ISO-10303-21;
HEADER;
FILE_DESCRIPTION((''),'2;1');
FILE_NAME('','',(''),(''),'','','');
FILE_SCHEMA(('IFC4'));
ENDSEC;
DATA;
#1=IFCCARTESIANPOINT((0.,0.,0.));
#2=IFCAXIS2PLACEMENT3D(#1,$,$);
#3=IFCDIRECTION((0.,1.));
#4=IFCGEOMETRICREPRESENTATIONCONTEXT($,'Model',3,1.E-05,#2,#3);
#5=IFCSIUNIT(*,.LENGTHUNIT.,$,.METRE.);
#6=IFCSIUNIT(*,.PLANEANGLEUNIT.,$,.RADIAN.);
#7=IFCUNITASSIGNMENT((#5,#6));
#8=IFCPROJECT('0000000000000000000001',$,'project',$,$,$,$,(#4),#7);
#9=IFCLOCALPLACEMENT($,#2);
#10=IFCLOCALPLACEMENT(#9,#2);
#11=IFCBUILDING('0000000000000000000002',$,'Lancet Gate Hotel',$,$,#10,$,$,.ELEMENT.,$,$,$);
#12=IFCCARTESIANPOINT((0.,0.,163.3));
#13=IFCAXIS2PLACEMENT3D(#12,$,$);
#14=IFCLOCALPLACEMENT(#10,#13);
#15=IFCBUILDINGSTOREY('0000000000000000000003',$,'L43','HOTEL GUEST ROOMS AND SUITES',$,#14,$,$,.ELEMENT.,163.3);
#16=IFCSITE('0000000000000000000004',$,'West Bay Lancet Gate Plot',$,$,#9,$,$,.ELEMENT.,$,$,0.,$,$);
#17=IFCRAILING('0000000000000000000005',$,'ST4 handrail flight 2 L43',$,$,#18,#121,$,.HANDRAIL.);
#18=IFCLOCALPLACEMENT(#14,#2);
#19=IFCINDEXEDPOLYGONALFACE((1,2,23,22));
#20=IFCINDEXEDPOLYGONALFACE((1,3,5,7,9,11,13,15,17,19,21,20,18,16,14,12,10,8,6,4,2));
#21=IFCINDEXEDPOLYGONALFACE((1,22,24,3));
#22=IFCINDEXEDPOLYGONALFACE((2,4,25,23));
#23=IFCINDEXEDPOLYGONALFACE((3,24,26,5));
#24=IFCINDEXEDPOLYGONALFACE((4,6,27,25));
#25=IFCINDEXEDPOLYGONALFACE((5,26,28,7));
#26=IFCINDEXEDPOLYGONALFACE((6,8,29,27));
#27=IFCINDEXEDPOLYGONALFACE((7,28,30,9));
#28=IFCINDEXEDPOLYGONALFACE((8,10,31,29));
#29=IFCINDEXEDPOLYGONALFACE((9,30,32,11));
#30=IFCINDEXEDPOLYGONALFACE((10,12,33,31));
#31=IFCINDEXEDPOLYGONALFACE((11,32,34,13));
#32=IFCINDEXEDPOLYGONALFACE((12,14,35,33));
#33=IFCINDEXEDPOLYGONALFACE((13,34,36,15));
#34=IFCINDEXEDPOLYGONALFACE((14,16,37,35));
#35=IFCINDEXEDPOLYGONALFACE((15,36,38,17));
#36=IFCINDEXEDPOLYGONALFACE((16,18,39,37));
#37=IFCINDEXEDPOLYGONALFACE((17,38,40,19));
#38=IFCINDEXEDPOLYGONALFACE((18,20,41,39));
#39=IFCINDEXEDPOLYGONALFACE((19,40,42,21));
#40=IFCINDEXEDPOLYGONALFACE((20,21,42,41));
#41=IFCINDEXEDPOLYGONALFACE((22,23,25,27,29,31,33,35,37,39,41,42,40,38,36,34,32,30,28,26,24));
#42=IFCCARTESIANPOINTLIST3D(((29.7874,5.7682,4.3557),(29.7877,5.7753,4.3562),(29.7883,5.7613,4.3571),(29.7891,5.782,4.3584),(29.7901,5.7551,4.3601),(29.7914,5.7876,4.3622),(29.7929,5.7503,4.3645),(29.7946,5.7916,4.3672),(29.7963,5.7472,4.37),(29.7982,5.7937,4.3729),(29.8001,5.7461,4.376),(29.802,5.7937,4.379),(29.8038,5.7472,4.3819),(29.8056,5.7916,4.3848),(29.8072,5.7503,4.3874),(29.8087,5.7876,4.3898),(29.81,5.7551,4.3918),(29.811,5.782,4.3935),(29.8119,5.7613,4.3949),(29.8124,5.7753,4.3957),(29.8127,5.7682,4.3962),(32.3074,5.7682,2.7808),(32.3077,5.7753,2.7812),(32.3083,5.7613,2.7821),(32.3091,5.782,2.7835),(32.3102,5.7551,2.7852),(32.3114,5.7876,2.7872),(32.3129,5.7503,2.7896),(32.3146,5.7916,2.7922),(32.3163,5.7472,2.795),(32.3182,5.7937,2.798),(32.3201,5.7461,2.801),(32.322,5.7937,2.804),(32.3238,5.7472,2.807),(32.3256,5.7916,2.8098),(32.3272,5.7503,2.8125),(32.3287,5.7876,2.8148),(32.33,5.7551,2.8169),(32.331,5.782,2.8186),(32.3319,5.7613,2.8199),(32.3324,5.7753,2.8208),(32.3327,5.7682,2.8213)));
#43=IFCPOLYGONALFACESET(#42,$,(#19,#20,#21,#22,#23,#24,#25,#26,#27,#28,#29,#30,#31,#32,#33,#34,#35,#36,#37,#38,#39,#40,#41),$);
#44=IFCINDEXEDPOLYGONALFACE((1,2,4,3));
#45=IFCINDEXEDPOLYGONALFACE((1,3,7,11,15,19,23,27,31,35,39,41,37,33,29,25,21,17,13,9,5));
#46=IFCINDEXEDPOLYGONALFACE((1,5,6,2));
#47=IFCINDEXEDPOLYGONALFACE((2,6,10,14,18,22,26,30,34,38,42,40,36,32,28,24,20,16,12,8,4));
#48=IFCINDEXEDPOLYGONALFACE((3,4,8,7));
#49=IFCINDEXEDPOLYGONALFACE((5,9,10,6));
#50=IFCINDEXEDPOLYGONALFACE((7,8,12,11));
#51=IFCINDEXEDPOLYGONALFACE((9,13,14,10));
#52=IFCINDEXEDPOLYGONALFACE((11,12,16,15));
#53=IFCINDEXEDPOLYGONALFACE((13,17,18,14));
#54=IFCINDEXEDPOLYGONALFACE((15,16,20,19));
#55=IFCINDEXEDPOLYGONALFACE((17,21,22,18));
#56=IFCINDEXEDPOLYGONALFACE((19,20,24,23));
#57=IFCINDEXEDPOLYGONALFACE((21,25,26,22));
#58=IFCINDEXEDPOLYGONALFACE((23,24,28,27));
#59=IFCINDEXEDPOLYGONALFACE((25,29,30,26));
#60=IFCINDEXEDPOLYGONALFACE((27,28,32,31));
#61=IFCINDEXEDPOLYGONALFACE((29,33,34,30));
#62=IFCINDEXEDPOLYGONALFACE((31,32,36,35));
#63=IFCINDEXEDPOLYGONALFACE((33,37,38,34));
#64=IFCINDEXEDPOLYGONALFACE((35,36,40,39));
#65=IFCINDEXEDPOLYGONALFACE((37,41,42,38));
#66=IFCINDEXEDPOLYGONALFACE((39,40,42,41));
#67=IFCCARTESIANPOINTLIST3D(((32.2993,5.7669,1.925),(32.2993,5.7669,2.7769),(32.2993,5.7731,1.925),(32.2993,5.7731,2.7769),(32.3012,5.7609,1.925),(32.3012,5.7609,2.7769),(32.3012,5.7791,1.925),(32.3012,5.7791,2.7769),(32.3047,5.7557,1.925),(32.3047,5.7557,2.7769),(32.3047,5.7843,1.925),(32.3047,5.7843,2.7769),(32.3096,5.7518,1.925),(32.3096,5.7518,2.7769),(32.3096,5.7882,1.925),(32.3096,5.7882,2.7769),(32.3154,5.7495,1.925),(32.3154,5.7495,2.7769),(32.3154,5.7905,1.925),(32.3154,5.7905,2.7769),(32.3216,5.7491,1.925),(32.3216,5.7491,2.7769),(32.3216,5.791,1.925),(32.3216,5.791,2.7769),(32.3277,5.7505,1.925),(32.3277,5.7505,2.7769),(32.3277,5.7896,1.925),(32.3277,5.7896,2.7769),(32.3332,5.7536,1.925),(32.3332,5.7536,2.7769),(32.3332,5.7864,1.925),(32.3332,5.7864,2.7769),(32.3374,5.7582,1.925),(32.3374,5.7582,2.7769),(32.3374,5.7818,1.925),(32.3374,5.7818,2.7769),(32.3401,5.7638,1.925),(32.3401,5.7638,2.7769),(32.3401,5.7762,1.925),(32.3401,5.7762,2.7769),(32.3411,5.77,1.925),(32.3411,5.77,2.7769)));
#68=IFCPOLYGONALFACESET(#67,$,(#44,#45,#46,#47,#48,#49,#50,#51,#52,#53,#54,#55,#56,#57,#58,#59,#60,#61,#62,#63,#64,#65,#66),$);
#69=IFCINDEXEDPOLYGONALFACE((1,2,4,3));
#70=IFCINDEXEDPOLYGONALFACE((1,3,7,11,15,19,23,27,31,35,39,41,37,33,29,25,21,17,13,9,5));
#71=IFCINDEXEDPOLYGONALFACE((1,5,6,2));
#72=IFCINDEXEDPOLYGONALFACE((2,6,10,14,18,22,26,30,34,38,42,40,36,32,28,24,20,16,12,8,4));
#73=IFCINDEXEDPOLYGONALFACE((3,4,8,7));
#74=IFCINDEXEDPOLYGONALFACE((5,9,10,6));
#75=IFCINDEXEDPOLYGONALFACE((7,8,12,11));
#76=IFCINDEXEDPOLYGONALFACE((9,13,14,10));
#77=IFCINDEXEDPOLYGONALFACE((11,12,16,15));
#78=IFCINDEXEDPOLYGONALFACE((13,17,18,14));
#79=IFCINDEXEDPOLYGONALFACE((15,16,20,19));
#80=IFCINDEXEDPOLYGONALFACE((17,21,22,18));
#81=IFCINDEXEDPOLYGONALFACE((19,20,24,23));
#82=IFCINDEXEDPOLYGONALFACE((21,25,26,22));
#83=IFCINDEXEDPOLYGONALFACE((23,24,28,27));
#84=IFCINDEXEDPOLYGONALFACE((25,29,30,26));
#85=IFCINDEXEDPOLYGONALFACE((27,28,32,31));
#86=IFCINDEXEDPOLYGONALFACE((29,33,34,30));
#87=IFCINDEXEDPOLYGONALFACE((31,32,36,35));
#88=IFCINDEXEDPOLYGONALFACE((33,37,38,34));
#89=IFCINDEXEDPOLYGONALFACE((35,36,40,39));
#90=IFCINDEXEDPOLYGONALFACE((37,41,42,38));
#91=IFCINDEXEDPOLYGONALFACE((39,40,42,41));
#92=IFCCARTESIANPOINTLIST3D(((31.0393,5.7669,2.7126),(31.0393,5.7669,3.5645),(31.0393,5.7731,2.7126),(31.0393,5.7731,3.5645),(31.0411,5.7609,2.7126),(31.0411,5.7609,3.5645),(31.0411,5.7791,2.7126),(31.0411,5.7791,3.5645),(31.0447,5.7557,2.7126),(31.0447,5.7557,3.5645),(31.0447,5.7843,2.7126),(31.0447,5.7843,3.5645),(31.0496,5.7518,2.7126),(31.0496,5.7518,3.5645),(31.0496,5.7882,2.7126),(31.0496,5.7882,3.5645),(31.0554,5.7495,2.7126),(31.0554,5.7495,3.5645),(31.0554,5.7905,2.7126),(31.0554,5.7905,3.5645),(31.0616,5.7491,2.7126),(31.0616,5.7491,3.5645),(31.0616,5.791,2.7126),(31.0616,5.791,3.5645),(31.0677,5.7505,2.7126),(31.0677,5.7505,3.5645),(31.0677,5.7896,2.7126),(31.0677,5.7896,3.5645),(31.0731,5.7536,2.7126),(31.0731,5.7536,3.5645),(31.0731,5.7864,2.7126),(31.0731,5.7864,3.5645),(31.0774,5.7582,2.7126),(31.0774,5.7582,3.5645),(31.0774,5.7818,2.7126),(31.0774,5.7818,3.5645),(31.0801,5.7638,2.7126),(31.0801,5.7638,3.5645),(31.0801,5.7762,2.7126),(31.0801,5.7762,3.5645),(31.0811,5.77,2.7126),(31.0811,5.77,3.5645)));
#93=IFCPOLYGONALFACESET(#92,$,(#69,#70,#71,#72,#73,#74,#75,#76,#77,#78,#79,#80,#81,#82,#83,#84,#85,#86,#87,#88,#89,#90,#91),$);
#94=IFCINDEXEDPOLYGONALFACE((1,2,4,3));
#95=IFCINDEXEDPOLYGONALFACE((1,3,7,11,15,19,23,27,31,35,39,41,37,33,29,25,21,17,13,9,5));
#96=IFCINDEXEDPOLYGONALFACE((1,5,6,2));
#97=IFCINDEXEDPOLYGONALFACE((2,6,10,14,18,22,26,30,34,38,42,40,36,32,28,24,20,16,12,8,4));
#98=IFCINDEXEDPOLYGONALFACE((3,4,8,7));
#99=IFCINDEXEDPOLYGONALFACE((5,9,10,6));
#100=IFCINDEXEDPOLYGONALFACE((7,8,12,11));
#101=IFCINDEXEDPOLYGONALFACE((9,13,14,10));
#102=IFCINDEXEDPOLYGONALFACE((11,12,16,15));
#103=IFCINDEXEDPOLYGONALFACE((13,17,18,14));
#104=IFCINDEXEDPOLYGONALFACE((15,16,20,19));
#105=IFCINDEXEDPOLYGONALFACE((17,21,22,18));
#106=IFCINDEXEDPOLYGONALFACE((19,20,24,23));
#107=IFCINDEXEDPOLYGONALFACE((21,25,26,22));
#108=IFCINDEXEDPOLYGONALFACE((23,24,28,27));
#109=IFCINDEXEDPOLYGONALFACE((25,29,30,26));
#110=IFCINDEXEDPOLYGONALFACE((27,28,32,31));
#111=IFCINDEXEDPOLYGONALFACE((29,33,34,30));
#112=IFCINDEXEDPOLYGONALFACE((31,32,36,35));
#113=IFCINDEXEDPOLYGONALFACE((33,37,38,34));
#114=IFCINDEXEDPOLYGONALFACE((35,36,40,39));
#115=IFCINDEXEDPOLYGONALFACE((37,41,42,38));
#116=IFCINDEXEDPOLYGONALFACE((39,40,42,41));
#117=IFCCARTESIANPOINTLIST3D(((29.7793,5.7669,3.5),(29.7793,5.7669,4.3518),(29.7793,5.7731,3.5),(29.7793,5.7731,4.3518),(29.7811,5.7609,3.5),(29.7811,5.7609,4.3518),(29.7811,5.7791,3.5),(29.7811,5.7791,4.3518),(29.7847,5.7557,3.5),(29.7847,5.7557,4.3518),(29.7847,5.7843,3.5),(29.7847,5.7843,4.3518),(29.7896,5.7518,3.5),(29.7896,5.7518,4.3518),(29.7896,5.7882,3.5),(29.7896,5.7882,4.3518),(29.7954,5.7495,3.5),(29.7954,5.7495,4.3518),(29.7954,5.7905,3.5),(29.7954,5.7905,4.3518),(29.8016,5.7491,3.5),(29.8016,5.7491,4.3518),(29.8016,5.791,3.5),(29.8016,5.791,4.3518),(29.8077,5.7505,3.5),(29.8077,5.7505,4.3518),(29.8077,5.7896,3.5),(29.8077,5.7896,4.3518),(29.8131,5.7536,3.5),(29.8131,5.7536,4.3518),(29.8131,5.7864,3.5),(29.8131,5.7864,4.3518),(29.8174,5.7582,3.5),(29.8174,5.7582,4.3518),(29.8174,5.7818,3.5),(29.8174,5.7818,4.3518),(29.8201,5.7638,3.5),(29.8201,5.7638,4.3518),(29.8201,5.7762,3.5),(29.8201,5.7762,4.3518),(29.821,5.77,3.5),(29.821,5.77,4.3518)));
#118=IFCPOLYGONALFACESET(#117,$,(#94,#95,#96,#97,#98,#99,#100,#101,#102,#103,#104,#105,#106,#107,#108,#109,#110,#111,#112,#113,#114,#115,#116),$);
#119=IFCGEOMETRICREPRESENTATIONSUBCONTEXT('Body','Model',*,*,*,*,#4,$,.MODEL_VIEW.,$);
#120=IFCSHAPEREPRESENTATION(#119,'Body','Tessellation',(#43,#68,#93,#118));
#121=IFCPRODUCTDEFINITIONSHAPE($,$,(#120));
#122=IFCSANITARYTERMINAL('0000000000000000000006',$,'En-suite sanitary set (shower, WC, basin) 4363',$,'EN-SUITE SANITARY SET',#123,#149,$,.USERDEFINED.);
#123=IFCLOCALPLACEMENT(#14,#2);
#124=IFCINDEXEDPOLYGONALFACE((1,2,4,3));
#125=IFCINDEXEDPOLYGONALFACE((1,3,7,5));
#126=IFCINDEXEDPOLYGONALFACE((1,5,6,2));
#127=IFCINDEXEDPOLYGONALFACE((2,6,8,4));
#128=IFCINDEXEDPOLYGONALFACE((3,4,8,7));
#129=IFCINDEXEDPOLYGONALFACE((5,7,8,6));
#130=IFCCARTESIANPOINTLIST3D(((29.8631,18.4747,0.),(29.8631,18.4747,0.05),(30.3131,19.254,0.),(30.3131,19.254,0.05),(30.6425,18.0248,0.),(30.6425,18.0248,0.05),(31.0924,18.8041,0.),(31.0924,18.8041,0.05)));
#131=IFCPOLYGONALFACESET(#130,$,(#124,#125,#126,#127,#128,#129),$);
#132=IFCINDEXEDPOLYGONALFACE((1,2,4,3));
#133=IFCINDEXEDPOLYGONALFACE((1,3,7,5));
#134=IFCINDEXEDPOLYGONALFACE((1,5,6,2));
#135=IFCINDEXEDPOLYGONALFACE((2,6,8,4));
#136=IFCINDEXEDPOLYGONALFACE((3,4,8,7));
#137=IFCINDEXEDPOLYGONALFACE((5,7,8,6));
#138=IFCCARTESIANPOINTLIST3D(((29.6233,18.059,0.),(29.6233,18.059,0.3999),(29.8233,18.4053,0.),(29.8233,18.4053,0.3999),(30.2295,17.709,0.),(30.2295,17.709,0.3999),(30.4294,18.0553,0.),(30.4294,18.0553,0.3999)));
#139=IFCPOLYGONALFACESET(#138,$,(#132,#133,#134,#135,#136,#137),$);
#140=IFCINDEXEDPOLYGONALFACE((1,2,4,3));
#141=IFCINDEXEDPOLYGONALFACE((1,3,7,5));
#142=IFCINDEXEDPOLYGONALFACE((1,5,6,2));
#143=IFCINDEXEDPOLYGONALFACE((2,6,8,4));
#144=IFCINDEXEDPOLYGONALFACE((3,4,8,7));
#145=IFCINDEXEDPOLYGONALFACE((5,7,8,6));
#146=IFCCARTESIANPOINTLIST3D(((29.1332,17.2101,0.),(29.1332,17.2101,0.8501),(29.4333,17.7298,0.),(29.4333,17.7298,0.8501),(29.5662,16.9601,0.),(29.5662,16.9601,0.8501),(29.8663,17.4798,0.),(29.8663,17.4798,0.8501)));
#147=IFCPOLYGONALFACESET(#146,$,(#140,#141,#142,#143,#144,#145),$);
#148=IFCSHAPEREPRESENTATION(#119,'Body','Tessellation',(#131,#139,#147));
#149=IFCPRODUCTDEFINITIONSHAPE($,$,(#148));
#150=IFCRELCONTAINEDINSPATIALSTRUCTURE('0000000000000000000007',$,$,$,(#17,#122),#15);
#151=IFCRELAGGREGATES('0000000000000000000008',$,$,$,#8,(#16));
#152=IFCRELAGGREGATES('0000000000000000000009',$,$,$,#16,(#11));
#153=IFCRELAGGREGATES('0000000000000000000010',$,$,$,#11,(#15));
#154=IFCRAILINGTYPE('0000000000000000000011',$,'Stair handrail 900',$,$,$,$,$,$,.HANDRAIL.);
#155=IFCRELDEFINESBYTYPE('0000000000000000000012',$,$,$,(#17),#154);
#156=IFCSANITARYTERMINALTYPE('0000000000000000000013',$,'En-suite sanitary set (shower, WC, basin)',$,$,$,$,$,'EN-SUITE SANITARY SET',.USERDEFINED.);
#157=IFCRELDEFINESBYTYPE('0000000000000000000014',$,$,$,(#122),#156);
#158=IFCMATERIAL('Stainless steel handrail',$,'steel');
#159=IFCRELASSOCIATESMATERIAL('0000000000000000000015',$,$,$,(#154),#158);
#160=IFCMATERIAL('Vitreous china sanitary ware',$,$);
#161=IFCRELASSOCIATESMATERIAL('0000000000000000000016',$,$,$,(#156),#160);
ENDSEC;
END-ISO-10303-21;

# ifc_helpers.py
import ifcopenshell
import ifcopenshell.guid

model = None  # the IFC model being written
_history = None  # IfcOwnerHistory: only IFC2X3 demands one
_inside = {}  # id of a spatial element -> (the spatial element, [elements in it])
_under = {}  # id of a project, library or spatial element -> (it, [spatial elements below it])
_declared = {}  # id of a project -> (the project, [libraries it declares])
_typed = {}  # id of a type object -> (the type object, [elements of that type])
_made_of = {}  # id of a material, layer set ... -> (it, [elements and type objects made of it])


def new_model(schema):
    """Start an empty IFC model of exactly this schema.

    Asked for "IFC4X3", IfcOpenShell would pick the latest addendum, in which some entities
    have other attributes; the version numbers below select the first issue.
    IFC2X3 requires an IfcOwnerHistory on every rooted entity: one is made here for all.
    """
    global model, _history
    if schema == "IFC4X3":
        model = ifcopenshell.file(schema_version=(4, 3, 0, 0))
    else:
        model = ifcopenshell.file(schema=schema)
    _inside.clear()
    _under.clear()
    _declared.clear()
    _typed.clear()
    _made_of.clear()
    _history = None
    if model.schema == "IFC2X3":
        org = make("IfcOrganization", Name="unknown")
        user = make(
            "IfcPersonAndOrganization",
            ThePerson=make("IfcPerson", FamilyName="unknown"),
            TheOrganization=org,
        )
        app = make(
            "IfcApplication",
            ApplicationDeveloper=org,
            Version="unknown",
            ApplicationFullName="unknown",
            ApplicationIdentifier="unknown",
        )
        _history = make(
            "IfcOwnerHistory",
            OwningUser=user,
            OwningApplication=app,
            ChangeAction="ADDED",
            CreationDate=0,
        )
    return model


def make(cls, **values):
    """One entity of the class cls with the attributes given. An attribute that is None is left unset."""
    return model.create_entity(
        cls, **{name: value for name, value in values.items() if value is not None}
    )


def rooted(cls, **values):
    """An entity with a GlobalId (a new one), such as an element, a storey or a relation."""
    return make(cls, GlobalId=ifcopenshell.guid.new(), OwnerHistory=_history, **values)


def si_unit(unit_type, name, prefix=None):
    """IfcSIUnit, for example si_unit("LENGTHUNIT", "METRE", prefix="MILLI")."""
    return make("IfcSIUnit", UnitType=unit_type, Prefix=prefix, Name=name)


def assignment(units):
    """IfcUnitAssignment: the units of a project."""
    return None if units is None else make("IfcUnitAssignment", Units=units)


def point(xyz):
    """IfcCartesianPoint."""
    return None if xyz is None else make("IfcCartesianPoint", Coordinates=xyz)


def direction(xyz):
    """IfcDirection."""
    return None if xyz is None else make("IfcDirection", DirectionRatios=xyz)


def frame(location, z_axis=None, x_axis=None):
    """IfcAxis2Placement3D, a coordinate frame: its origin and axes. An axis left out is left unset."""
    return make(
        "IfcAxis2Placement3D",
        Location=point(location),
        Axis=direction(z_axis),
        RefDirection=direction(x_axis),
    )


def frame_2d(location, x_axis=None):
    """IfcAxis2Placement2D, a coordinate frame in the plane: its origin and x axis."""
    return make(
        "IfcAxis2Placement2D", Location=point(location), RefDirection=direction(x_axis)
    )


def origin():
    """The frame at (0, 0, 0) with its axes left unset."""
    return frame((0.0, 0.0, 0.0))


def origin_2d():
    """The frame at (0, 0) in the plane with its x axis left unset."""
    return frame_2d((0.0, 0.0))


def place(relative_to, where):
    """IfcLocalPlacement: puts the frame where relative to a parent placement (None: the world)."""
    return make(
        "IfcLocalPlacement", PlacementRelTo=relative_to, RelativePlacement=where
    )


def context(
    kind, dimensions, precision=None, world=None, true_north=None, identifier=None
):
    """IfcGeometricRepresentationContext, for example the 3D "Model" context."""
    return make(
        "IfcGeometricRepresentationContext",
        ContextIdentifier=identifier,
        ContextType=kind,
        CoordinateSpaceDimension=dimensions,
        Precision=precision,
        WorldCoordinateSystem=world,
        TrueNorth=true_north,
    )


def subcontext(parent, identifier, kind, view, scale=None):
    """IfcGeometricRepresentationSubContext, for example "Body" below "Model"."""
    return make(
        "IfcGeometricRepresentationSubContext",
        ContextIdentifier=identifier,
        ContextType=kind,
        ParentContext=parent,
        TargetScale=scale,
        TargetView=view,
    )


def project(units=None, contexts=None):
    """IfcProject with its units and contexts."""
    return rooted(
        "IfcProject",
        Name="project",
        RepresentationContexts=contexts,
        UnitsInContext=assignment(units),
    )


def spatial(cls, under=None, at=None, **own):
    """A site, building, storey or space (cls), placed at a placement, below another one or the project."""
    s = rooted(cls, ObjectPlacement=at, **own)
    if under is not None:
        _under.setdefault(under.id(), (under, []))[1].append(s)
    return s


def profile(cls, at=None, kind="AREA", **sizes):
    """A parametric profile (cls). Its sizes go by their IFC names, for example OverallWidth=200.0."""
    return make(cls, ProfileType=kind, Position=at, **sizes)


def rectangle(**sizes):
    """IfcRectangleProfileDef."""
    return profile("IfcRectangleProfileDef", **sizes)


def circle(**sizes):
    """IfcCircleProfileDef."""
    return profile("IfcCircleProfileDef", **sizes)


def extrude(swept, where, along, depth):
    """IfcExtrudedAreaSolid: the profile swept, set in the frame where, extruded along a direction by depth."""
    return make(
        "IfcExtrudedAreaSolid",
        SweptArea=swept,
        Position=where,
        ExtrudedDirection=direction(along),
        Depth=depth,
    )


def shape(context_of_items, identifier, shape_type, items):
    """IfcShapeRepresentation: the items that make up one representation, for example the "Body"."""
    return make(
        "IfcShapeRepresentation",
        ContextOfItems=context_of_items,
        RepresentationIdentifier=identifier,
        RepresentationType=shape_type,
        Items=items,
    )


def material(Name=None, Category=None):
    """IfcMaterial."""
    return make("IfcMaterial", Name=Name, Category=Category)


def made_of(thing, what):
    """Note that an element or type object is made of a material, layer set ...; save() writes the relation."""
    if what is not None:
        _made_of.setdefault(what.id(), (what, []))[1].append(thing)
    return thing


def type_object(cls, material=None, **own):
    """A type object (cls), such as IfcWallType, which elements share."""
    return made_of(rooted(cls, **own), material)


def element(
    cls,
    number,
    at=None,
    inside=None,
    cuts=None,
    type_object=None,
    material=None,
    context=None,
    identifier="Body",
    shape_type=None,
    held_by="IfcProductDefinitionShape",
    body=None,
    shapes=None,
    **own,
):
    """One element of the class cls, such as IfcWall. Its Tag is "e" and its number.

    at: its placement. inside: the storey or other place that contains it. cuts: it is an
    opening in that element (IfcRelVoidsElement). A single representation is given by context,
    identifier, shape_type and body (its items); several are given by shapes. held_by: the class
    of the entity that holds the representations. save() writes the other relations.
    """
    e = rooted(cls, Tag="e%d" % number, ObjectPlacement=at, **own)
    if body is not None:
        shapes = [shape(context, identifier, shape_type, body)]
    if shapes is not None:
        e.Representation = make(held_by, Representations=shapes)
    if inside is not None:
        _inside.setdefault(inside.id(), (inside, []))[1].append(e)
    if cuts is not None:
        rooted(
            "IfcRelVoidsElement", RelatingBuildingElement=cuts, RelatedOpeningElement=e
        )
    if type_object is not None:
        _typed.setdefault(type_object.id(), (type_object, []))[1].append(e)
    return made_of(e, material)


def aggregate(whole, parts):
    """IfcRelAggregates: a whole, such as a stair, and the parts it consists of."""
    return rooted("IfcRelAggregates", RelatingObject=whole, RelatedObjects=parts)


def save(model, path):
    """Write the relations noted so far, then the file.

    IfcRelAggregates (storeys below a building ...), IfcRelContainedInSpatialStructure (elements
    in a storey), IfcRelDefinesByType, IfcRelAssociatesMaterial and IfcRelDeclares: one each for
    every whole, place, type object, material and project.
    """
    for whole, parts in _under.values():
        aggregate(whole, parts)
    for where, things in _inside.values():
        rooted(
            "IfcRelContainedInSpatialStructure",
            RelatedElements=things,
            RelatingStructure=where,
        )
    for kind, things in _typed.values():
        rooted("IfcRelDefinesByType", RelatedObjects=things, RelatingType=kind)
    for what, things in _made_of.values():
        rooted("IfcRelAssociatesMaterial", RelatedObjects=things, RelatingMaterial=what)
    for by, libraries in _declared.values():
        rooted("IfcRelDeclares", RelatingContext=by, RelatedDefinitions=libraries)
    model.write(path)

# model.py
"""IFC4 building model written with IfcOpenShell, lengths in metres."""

from ifc_helpers import new_model, si_unit, direction, frame, origin, origin_2d, place, context, subcontext, project, spatial, rectangle, circle, extrude, material, type_object, element, save


model = new_model("IFC4")

# Units and contexts
model_context = context("Model", 3, precision=1e-05, world=origin(), true_north=direction((0.0, 1.0)))
body_context = subcontext(model_context, "Body", "Model", "MODEL_VIEW")
ifc_project = project(units=[si_unit("LENGTHUNIT", "METRE"), si_unit("PLANEANGLEUNIT", "RADIAN")], contexts=[model_context])

# Site, building, storey
site_placement = place(None, origin())
site = spatial("IfcSite", under=ifc_project, at=site_placement, Name="West Bay Lancet Gate Plot", CompositionType="ELEMENT", RefElevation=0.0)
building_placement = place(site_placement, origin())
building = spatial("IfcBuilding", under=site, at=building_placement, Name="Lancet Gate Hotel", CompositionType="ELEMENT")
storey_placement = place(building_placement, frame((0.0, 0.0, 163.3)))
storey = spatial("IfcBuildingStorey", under=building, at=storey_placement, Name="L43", Description="HOTEL GUEST ROOMS AND SUITES", CompositionType="ELEMENT", Elevation=163.3)

# Railing
ifc_material_1 = material(Name="Stainless steel handrail", Category="steel")
railing_type = type_object("IfcRailingType", Name="Stair handrail 900", PredefinedType="HANDRAIL", material=ifc_material_1)
railing_1_placement = place(storey_placement, frame((32.3201, 5.77, 1.925)))
element("IfcRailing", 1, at=railing_1_placement, inside=storey, type_object=railing_type, Name="ST4 handrail flight 2 L43", PredefinedType="HANDRAIL", context=body_context, shape_type="SweptSolid", body=[
    extrude(circle(Radius=0.0239, at=origin_2d()), frame((0.0, 0.0, 0.876), z_axis=(-0.848008, 0.0, 0.529984), x_axis=(0.0, -1.0, 0.0)), (0.0, 0.0, 1.0), 2.9717),
    extrude(circle(Radius=0.021, at=origin_2d()), origin(), (0.0, 0.0, 1.0), 0.8518),
    extrude(circle(Radius=0.021, at=origin_2d()), frame((-1.26, 0.0, 0.7876)), (0.0, 0.0, 1.0), 0.8518),
    extrude(circle(Radius=0.021, at=origin_2d()), frame((-2.52, 0.0, 1.575)), (0.0, 0.0, 1.0), 0.8518),
])

# Sanitary terminal
ifc_material_2 = material(Name="Vitreous china sanitary ware")
sanitary_terminal_type = type_object("IfcSanitaryTerminalType", Name="En-suite sanitary set (shower, WC, basin)", ElementType="EN-SUITE SANITARY SET", PredefinedType="USERDEFINED", material=ifc_material_2)
sanitary_terminal_placement = place(storey_placement, frame((30.4778, 18.6394, 0.0), z_axis=(0.0, 0.0, 1.0), x_axis=(1.0, 0.0, 0.0)))
element("IfcSanitaryTerminal", 2, at=sanitary_terminal_placement, inside=storey, type_object=sanitary_terminal_type, Name="En-suite sanitary set (shower, WC, basin) 4363", ObjectType="EN-SUITE SANITARY SET", PredefinedType="USERDEFINED", context=body_context, shape_type="SweptSolid", body=[
    extrude(rectangle(XDim=0.8999, YDim=0.8999, at=origin_2d()), frame((0.0, 0.0, 0.0), z_axis=(0.0, 0.0, 1.0), x_axis=(0.5, 0.866025, 0.0)), (0.0, 0.0, 1.0), 0.05),
    extrude(rectangle(XDim=0.3999, YDim=0.7, at=origin_2d()), frame((-0.4514, -0.5823, 0.0), z_axis=(0.0, 0.0, 1.0), x_axis=(0.5, 0.866025, 0.0)), (0.0, 0.0, 1.0), 0.3999),
    extrude(rectangle(XDim=0.6001, YDim=0.5, at=origin_2d()), frame((-0.978, -1.2944, 0.0), z_axis=(0.0, 0.0, 1.0), x_axis=(0.5, 0.866025, 0.0)), (0.0, 0.0, 1.0), 0.8501),
])

save(model, "model.ifc")
